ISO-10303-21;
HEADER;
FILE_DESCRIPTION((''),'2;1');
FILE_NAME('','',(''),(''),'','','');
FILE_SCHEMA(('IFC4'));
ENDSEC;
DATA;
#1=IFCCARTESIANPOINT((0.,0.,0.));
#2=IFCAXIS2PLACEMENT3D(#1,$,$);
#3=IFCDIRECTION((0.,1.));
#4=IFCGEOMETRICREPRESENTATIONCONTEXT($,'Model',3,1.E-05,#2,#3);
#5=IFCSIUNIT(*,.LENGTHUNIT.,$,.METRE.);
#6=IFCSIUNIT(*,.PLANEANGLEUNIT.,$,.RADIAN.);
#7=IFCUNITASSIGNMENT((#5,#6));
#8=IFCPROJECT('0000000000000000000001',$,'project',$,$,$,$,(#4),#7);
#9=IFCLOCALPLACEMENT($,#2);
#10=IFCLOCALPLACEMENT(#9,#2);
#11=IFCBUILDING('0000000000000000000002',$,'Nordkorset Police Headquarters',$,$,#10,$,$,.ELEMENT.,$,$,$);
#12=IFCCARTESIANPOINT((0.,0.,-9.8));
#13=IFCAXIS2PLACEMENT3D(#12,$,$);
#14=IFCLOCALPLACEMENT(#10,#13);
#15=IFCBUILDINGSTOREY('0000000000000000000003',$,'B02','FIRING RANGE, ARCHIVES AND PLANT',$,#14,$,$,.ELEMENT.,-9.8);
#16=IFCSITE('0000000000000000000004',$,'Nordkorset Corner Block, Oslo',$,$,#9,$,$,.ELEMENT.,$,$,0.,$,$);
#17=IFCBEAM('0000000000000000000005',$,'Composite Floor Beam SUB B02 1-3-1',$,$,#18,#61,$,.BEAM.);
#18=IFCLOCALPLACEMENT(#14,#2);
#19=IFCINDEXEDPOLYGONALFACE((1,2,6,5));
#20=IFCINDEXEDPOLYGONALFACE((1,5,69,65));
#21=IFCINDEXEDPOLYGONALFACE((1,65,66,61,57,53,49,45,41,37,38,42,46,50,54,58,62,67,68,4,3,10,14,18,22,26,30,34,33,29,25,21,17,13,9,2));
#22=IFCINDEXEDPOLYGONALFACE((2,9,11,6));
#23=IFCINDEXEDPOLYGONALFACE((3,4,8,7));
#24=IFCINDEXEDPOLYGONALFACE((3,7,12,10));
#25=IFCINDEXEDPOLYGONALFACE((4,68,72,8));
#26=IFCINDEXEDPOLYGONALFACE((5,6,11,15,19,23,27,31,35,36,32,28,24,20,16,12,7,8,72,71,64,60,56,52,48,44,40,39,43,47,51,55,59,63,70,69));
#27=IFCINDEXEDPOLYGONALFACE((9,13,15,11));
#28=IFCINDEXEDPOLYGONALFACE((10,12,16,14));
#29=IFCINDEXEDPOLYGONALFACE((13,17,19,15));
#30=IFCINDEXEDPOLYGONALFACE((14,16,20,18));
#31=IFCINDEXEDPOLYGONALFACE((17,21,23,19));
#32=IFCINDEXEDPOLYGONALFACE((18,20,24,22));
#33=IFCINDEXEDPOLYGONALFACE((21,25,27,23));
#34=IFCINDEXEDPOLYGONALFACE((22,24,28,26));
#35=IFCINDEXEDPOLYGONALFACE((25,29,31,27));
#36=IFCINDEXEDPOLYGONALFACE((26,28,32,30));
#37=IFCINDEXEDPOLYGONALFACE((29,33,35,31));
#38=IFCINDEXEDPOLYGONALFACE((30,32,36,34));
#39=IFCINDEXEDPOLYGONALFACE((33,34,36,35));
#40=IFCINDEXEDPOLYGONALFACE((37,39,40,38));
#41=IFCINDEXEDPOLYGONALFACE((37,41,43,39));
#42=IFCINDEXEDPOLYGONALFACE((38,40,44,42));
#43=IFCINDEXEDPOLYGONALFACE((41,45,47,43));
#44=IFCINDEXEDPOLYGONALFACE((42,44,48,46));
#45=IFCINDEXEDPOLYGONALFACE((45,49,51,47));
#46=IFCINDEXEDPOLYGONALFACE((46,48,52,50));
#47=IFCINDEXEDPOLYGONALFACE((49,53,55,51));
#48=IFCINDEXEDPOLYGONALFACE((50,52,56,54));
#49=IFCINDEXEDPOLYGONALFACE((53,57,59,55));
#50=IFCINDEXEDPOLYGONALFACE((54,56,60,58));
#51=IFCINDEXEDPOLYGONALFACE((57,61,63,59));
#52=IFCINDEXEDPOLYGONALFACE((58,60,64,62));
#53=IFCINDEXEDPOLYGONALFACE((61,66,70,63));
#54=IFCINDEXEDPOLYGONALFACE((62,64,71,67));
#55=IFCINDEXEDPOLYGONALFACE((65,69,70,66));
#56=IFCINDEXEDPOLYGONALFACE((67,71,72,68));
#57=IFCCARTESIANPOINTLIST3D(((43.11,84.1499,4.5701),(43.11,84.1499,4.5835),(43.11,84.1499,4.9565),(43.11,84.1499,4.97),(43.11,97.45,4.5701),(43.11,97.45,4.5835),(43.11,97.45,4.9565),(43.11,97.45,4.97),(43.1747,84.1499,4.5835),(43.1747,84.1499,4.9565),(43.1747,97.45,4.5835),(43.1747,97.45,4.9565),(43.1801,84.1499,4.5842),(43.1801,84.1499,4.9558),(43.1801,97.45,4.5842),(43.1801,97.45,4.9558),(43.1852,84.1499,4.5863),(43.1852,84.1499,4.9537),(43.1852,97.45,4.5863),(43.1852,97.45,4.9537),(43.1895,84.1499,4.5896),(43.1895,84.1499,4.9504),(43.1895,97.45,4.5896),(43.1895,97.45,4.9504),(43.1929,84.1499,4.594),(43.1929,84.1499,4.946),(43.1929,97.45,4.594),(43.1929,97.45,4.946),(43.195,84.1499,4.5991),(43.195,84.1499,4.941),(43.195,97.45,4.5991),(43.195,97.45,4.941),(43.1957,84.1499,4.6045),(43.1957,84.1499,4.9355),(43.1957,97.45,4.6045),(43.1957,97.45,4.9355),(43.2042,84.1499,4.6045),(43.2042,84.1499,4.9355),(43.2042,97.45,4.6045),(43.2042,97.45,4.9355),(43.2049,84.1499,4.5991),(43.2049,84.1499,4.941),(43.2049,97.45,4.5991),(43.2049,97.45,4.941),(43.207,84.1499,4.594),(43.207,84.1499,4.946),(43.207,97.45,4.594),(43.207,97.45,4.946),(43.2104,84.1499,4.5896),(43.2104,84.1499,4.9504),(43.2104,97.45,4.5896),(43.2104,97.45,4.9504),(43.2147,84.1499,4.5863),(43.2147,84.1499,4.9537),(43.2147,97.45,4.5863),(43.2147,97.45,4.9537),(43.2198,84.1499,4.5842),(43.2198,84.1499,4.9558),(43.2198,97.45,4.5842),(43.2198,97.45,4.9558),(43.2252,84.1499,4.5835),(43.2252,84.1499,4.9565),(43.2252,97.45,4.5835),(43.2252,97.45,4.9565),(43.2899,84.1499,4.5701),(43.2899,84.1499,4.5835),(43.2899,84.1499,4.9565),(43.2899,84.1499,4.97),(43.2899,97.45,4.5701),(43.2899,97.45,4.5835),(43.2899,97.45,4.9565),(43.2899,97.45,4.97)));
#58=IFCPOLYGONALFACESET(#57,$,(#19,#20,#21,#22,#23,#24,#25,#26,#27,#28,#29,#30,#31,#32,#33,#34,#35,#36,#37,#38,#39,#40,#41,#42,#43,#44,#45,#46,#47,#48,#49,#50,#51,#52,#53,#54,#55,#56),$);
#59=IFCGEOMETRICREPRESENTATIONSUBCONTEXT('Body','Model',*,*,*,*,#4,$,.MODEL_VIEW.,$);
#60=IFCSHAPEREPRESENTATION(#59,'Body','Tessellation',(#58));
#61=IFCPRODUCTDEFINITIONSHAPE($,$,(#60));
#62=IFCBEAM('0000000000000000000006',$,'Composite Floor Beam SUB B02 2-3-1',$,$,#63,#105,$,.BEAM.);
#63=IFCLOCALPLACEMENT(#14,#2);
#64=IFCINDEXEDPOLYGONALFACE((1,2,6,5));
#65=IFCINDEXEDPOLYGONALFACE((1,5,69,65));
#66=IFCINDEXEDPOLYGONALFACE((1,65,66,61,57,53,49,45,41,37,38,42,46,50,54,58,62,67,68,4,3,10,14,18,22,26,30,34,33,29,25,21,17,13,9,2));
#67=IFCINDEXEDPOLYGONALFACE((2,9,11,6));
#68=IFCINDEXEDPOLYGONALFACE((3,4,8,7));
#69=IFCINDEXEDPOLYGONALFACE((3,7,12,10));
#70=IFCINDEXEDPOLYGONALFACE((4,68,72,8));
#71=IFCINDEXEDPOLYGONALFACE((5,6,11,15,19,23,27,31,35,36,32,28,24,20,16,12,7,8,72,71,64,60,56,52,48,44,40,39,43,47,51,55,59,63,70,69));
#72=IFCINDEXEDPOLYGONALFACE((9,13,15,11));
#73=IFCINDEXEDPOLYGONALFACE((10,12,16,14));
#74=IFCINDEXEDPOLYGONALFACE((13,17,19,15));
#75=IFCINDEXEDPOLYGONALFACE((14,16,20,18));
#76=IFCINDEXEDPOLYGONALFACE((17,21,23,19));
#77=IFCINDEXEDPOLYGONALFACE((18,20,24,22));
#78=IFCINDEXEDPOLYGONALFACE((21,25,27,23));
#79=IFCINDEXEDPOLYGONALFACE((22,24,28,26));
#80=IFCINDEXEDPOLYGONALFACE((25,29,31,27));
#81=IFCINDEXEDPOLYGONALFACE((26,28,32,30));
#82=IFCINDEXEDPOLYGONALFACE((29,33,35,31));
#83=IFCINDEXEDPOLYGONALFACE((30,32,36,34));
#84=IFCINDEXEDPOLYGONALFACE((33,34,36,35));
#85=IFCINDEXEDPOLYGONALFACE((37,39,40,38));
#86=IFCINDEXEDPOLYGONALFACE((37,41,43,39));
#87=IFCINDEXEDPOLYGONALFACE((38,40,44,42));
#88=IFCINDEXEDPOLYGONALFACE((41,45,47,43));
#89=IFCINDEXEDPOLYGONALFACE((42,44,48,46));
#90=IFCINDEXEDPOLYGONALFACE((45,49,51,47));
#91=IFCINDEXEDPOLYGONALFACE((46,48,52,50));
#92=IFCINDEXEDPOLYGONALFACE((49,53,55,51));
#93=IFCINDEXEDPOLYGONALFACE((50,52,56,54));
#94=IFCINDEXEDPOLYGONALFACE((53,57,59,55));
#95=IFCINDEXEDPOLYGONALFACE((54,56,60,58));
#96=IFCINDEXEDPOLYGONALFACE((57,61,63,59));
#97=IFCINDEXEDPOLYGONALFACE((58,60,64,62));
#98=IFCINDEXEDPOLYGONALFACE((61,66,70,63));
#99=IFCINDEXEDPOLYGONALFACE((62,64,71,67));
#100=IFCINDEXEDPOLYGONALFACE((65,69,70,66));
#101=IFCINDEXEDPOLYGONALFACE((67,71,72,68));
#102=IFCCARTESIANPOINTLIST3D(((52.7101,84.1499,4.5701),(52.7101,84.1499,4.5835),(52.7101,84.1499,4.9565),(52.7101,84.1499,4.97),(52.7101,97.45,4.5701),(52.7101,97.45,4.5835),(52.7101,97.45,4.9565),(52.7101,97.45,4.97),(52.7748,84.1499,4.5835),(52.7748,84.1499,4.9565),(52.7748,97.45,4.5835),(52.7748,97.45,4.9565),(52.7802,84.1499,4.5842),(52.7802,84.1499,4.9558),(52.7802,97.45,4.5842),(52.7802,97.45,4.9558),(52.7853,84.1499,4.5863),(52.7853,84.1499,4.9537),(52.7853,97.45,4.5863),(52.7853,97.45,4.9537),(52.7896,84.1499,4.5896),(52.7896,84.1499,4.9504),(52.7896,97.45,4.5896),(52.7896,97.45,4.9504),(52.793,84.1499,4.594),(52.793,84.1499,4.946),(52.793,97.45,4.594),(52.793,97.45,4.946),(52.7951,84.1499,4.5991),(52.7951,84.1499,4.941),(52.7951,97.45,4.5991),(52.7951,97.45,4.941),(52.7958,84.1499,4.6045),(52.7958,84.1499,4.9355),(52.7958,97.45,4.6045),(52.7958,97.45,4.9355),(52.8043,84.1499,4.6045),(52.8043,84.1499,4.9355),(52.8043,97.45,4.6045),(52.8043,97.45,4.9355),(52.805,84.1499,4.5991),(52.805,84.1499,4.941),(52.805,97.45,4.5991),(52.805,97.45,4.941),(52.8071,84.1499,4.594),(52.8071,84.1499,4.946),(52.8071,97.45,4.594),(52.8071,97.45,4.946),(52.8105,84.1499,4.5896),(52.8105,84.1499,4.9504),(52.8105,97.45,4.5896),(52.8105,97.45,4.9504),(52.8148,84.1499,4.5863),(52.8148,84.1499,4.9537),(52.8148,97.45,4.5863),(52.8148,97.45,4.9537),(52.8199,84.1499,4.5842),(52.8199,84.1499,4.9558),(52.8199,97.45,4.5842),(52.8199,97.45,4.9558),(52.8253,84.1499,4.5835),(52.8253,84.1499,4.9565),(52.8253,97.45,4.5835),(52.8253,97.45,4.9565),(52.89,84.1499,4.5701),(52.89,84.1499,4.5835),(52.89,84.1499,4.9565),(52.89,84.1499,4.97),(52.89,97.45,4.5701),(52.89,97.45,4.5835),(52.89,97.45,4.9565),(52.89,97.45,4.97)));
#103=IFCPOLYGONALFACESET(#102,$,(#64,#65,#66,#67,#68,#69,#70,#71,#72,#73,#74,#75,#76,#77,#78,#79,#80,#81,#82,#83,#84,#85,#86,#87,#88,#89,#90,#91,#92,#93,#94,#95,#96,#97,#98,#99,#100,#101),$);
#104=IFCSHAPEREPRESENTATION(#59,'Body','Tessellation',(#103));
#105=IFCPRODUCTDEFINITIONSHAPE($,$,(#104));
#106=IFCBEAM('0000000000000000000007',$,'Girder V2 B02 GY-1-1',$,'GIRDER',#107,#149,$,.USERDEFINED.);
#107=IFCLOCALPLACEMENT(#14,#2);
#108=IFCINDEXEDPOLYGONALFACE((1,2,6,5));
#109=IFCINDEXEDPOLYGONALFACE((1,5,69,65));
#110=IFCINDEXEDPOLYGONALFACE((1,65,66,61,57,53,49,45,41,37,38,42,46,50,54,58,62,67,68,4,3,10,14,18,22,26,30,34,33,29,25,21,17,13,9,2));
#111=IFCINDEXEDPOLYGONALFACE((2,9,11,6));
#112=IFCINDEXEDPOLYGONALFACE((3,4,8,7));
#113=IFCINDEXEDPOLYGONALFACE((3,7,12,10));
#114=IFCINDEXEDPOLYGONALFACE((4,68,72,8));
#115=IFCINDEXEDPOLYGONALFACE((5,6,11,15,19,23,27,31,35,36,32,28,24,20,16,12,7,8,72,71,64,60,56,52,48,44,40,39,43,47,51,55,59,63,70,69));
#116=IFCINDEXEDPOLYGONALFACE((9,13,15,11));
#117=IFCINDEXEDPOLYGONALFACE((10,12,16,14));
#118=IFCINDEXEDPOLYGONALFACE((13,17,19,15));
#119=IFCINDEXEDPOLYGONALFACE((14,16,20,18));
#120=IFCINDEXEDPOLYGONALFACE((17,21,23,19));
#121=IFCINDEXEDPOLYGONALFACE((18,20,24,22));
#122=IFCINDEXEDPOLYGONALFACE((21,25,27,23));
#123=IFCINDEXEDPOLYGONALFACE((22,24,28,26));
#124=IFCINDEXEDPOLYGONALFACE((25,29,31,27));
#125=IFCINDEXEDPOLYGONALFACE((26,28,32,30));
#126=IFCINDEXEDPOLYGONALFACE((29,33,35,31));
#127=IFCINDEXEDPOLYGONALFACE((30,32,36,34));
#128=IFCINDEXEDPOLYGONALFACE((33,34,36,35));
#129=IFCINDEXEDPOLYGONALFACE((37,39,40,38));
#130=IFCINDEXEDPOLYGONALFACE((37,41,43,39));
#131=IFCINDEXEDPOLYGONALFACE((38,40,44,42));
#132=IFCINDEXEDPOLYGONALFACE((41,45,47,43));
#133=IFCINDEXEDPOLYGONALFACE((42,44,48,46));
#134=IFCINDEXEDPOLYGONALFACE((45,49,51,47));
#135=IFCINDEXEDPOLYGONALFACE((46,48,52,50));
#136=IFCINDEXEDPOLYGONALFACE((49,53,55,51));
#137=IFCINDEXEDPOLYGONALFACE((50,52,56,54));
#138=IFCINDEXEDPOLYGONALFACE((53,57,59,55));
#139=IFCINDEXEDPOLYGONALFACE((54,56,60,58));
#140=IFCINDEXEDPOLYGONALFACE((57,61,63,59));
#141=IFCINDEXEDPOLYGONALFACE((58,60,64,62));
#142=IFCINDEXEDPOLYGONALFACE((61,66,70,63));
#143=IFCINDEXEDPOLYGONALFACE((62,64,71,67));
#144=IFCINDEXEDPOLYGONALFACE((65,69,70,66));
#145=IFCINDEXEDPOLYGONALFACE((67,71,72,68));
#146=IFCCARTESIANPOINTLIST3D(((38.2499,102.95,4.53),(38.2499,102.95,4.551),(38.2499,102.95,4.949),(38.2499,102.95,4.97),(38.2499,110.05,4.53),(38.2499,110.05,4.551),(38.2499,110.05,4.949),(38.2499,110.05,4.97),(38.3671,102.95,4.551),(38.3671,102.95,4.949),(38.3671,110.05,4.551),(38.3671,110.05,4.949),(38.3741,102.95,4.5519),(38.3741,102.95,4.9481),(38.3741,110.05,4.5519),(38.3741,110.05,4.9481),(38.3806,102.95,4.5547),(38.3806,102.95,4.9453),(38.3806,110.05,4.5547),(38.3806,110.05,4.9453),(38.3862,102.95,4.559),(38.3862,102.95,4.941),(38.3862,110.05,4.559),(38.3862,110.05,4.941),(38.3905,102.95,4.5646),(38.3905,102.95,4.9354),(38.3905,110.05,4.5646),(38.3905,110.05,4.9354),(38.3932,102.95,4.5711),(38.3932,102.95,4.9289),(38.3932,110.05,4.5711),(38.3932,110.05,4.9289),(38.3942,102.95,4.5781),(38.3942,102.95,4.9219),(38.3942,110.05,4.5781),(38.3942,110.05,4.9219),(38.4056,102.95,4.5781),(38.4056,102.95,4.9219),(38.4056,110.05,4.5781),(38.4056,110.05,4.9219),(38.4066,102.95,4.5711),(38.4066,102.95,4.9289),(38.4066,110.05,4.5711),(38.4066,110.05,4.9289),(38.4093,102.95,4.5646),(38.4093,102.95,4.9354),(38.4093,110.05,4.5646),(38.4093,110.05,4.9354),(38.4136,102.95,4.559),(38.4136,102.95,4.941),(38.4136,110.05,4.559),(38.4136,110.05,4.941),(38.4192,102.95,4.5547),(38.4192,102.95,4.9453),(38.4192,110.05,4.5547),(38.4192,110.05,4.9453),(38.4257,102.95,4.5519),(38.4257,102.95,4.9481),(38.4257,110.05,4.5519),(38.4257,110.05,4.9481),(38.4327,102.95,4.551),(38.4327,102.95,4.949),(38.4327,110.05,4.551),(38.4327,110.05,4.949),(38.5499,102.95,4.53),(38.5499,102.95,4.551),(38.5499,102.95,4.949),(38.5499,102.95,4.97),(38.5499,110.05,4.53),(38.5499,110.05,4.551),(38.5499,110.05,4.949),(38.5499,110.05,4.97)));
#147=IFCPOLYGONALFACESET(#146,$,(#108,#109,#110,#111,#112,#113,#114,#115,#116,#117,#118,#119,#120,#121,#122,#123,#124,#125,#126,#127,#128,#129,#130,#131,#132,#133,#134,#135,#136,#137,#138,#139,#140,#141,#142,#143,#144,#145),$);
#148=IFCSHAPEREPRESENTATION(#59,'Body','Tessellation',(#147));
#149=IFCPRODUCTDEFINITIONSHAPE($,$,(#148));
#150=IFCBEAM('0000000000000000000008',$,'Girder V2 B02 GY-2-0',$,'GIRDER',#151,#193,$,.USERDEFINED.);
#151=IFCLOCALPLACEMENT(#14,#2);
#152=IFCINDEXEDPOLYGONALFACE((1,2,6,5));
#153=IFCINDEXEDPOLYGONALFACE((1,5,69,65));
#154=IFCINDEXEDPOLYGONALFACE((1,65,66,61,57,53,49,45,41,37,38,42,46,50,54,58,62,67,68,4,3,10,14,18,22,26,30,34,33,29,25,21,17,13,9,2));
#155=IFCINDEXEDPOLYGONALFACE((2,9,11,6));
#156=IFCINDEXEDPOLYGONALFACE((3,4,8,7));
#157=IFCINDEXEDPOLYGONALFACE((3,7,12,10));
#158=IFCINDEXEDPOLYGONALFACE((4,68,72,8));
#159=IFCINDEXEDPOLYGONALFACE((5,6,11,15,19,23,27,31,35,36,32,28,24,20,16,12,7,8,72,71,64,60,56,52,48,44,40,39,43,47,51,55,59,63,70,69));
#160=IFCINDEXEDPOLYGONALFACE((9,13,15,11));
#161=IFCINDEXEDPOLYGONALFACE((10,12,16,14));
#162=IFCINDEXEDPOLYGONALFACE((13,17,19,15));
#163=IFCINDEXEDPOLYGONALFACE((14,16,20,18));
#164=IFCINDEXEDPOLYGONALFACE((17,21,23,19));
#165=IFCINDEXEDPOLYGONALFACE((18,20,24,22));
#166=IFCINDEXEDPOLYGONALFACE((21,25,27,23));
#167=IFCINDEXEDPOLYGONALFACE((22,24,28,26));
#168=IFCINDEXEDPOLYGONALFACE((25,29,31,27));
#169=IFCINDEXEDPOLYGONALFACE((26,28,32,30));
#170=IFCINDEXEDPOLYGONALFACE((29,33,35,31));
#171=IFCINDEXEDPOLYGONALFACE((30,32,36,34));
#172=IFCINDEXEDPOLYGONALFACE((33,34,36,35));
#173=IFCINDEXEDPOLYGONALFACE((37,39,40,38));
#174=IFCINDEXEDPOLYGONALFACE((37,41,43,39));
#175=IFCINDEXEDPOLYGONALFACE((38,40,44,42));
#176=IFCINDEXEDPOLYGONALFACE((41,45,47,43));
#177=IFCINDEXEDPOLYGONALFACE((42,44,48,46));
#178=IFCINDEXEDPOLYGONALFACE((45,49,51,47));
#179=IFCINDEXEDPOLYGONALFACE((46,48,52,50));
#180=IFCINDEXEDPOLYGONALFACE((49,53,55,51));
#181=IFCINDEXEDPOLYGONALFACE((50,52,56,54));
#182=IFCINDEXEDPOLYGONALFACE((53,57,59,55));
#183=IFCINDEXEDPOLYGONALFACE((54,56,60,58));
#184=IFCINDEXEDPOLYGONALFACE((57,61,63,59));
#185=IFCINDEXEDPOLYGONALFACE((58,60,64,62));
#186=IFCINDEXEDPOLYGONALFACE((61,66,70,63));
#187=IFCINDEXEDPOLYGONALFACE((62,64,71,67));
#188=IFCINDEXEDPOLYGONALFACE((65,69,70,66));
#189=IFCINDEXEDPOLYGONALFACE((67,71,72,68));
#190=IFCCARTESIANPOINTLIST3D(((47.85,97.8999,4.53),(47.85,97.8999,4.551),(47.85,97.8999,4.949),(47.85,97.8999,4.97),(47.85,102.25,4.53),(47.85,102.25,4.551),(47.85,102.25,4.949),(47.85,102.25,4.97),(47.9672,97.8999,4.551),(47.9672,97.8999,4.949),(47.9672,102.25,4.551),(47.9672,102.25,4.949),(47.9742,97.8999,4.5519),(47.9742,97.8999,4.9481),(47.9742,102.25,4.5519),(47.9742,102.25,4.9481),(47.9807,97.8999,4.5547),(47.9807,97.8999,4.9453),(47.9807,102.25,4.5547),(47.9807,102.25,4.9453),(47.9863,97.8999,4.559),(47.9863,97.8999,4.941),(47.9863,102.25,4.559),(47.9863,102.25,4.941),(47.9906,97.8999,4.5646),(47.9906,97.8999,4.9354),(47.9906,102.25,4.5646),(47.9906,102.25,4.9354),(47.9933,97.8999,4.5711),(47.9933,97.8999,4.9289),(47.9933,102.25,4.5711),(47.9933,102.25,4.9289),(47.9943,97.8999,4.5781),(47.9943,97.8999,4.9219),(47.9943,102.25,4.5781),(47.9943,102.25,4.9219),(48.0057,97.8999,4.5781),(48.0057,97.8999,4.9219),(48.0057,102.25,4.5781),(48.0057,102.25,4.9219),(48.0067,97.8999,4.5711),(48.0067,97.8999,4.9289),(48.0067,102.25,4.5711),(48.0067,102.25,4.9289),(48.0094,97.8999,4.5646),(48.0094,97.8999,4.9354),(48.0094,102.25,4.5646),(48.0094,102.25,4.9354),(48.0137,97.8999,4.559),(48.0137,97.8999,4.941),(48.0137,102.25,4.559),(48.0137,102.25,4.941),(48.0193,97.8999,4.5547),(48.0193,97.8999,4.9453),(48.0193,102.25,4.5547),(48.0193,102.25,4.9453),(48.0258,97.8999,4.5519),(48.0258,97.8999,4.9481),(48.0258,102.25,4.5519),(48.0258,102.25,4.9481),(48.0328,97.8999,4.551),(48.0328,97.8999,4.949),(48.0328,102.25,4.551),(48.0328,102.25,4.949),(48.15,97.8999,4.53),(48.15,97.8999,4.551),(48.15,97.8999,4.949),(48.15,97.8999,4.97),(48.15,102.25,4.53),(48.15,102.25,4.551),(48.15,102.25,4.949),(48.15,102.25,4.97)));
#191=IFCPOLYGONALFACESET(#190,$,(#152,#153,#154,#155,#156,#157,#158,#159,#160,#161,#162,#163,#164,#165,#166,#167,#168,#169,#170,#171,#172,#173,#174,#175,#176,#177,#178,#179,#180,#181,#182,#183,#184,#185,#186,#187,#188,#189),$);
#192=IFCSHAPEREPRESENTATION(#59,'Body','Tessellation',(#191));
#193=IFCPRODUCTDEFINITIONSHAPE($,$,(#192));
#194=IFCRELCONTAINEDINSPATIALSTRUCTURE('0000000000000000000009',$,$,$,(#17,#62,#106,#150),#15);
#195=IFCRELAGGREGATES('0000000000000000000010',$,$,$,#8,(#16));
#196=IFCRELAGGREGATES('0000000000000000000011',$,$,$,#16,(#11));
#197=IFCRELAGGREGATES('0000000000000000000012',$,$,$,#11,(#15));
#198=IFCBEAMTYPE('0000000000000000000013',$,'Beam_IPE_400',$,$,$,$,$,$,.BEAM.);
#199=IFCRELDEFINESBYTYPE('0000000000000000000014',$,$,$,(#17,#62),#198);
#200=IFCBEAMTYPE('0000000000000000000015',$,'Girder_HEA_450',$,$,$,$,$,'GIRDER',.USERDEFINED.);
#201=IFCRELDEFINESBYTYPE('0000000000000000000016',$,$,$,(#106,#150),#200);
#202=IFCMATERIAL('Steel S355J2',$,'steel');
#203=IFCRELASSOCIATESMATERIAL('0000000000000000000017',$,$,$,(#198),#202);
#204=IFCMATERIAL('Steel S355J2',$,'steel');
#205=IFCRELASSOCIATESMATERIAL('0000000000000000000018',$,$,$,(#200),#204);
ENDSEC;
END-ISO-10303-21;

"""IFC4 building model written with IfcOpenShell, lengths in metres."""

from ifc_helpers import new_model, si_unit, direction, frame, origin, origin_2d, place, context, subcontext, project, spatial, i_section, extrude, material, material_profile, profile_set, type_object, element, save


model = new_model("IFC4")

# Units and contexts
model_context = context("Model", 3, precision=1e-05, world=origin(), true_north=direction((0.0, 1.0)))
body_context = subcontext(model_context, "Body", "Model", "MODEL_VIEW")
ifc_project = project(units=[si_unit("LENGTHUNIT", "METRE"), si_unit("PLANEANGLEUNIT", "RADIAN")], contexts=[model_context])

# Site, building, storey
site_placement = place(None, origin())
site = spatial("IfcSite", under=ifc_project, at=site_placement, Name="Nordkorset Corner Block, Oslo", CompositionType="ELEMENT", RefElevation=0.0)
building_placement = place(site_placement, origin())
building = spatial("IfcBuilding", under=site, at=building_placement, Name="Nordkorset Police Headquarters", CompositionType="ELEMENT")
storey_placement = place(building_placement, frame((0.0, 0.0, -9.8)))
storey = spatial("IfcBuildingStorey", under=building, at=storey_placement, Name="B02", Description="FIRING RANGE, ARCHIVES AND PLANT", CompositionType="ELEMENT", Elevation=-9.8)

# Beams
ifc_material_1 = material(Name="Steel S355J2", Category="steel")
ifc_material_profile_1 = material_profile(ifc_material_1, i_section(OverallWidth=0.1799, OverallDepth=0.3999, WebThickness=0.0085, FlangeThickness=0.0134, FilletRadius=0.021, at=origin_2d()), Name="IPE 400")
ifc_profile_set_1 = profile_set([ifc_material_profile_1], Name="Steel S355J2")
beam_type_1 = type_object("IfcBeamType", Name="Beam_IPE_400", PredefinedType="BEAM", material=ifc_profile_set_1)
for number, where, z_axis, x_axis, name in (
    (1, (43.2, 84.1499, 4.77), (0.0, 1.0, 0.0), (-1.0, 0.0, 0.0), "Composite Floor Beam SUB B02 1-3-1"),
    (2, (52.8, 84.1499, 4.77), (0.0, 1.0, 0.0), (-1.0, 0.0, 0.0), "Composite Floor Beam SUB B02 2-3-1"),
):
    element("IfcBeam", number, at=place(storey_placement, frame(where, z_axis=z_axis, x_axis=x_axis)), inside=storey, type_object=beam_type_1, Name=name, PredefinedType="BEAM", context=body_context, shape_type="SweptSolid", body=[
        extrude(i_section(OverallWidth=0.1799, OverallDepth=0.3999, WebThickness=0.0085, FlangeThickness=0.0134, FilletRadius=0.021, at=origin_2d()), origin(), (0.0, 0.0, 1.0), 13.3),
    ])
ifc_material_2 = material(Name="Steel S355J2", Category="steel")
ifc_material_profile_2 = material_profile(ifc_material_2, i_section(OverallWidth=0.3, OverallDepth=0.4399, WebThickness=0.0115, FlangeThickness=0.021, FilletRadius=0.0271, at=origin_2d()), Name="HEA 450")
ifc_profile_set_2 = profile_set([ifc_material_profile_2], Name="Steel S355J2")
beam_type_2 = type_object("IfcBeamType", Name="Girder_HEA_450", ElementType="GIRDER", PredefinedType="USERDEFINED", material=ifc_profile_set_2)
beam_1_placement = place(storey_placement, frame((38.3999, 102.95, 4.75), z_axis=(0.0, 1.0, 0.0), x_axis=(-1.0, 0.0, 0.0)))
element("IfcBeam", 3, at=beam_1_placement, inside=storey, type_object=beam_type_2, Name="Girder V2 B02 GY-1-1", ObjectType="GIRDER", PredefinedType="USERDEFINED", context=body_context, shape_type="SweptSolid", body=[
    extrude(i_section(OverallWidth=0.3, OverallDepth=0.4399, WebThickness=0.0115, FlangeThickness=0.021, FilletRadius=0.0271, at=origin_2d()), origin(), (0.0, 0.0, 1.0), 7.1001),
])
beam_2_placement = place(storey_placement, frame((48.0, 97.8999, 4.75), z_axis=(0.0, 1.0, 0.0), x_axis=(-1.0, 0.0, 0.0)))
element("IfcBeam", 4, at=beam_2_placement, inside=storey, type_object=beam_type_2, Name="Girder V2 B02 GY-2-0", ObjectType="GIRDER", PredefinedType="USERDEFINED", context=body_context, shape_type="SweptSolid", body=[
    extrude(i_section(OverallWidth=0.3, OverallDepth=0.4399, WebThickness=0.0115, FlangeThickness=0.021, FilletRadius=0.0271, at=origin_2d()), origin(), (0.0, 0.0, 1.0), 4.3501),
])

save(model, "model.ifc")
